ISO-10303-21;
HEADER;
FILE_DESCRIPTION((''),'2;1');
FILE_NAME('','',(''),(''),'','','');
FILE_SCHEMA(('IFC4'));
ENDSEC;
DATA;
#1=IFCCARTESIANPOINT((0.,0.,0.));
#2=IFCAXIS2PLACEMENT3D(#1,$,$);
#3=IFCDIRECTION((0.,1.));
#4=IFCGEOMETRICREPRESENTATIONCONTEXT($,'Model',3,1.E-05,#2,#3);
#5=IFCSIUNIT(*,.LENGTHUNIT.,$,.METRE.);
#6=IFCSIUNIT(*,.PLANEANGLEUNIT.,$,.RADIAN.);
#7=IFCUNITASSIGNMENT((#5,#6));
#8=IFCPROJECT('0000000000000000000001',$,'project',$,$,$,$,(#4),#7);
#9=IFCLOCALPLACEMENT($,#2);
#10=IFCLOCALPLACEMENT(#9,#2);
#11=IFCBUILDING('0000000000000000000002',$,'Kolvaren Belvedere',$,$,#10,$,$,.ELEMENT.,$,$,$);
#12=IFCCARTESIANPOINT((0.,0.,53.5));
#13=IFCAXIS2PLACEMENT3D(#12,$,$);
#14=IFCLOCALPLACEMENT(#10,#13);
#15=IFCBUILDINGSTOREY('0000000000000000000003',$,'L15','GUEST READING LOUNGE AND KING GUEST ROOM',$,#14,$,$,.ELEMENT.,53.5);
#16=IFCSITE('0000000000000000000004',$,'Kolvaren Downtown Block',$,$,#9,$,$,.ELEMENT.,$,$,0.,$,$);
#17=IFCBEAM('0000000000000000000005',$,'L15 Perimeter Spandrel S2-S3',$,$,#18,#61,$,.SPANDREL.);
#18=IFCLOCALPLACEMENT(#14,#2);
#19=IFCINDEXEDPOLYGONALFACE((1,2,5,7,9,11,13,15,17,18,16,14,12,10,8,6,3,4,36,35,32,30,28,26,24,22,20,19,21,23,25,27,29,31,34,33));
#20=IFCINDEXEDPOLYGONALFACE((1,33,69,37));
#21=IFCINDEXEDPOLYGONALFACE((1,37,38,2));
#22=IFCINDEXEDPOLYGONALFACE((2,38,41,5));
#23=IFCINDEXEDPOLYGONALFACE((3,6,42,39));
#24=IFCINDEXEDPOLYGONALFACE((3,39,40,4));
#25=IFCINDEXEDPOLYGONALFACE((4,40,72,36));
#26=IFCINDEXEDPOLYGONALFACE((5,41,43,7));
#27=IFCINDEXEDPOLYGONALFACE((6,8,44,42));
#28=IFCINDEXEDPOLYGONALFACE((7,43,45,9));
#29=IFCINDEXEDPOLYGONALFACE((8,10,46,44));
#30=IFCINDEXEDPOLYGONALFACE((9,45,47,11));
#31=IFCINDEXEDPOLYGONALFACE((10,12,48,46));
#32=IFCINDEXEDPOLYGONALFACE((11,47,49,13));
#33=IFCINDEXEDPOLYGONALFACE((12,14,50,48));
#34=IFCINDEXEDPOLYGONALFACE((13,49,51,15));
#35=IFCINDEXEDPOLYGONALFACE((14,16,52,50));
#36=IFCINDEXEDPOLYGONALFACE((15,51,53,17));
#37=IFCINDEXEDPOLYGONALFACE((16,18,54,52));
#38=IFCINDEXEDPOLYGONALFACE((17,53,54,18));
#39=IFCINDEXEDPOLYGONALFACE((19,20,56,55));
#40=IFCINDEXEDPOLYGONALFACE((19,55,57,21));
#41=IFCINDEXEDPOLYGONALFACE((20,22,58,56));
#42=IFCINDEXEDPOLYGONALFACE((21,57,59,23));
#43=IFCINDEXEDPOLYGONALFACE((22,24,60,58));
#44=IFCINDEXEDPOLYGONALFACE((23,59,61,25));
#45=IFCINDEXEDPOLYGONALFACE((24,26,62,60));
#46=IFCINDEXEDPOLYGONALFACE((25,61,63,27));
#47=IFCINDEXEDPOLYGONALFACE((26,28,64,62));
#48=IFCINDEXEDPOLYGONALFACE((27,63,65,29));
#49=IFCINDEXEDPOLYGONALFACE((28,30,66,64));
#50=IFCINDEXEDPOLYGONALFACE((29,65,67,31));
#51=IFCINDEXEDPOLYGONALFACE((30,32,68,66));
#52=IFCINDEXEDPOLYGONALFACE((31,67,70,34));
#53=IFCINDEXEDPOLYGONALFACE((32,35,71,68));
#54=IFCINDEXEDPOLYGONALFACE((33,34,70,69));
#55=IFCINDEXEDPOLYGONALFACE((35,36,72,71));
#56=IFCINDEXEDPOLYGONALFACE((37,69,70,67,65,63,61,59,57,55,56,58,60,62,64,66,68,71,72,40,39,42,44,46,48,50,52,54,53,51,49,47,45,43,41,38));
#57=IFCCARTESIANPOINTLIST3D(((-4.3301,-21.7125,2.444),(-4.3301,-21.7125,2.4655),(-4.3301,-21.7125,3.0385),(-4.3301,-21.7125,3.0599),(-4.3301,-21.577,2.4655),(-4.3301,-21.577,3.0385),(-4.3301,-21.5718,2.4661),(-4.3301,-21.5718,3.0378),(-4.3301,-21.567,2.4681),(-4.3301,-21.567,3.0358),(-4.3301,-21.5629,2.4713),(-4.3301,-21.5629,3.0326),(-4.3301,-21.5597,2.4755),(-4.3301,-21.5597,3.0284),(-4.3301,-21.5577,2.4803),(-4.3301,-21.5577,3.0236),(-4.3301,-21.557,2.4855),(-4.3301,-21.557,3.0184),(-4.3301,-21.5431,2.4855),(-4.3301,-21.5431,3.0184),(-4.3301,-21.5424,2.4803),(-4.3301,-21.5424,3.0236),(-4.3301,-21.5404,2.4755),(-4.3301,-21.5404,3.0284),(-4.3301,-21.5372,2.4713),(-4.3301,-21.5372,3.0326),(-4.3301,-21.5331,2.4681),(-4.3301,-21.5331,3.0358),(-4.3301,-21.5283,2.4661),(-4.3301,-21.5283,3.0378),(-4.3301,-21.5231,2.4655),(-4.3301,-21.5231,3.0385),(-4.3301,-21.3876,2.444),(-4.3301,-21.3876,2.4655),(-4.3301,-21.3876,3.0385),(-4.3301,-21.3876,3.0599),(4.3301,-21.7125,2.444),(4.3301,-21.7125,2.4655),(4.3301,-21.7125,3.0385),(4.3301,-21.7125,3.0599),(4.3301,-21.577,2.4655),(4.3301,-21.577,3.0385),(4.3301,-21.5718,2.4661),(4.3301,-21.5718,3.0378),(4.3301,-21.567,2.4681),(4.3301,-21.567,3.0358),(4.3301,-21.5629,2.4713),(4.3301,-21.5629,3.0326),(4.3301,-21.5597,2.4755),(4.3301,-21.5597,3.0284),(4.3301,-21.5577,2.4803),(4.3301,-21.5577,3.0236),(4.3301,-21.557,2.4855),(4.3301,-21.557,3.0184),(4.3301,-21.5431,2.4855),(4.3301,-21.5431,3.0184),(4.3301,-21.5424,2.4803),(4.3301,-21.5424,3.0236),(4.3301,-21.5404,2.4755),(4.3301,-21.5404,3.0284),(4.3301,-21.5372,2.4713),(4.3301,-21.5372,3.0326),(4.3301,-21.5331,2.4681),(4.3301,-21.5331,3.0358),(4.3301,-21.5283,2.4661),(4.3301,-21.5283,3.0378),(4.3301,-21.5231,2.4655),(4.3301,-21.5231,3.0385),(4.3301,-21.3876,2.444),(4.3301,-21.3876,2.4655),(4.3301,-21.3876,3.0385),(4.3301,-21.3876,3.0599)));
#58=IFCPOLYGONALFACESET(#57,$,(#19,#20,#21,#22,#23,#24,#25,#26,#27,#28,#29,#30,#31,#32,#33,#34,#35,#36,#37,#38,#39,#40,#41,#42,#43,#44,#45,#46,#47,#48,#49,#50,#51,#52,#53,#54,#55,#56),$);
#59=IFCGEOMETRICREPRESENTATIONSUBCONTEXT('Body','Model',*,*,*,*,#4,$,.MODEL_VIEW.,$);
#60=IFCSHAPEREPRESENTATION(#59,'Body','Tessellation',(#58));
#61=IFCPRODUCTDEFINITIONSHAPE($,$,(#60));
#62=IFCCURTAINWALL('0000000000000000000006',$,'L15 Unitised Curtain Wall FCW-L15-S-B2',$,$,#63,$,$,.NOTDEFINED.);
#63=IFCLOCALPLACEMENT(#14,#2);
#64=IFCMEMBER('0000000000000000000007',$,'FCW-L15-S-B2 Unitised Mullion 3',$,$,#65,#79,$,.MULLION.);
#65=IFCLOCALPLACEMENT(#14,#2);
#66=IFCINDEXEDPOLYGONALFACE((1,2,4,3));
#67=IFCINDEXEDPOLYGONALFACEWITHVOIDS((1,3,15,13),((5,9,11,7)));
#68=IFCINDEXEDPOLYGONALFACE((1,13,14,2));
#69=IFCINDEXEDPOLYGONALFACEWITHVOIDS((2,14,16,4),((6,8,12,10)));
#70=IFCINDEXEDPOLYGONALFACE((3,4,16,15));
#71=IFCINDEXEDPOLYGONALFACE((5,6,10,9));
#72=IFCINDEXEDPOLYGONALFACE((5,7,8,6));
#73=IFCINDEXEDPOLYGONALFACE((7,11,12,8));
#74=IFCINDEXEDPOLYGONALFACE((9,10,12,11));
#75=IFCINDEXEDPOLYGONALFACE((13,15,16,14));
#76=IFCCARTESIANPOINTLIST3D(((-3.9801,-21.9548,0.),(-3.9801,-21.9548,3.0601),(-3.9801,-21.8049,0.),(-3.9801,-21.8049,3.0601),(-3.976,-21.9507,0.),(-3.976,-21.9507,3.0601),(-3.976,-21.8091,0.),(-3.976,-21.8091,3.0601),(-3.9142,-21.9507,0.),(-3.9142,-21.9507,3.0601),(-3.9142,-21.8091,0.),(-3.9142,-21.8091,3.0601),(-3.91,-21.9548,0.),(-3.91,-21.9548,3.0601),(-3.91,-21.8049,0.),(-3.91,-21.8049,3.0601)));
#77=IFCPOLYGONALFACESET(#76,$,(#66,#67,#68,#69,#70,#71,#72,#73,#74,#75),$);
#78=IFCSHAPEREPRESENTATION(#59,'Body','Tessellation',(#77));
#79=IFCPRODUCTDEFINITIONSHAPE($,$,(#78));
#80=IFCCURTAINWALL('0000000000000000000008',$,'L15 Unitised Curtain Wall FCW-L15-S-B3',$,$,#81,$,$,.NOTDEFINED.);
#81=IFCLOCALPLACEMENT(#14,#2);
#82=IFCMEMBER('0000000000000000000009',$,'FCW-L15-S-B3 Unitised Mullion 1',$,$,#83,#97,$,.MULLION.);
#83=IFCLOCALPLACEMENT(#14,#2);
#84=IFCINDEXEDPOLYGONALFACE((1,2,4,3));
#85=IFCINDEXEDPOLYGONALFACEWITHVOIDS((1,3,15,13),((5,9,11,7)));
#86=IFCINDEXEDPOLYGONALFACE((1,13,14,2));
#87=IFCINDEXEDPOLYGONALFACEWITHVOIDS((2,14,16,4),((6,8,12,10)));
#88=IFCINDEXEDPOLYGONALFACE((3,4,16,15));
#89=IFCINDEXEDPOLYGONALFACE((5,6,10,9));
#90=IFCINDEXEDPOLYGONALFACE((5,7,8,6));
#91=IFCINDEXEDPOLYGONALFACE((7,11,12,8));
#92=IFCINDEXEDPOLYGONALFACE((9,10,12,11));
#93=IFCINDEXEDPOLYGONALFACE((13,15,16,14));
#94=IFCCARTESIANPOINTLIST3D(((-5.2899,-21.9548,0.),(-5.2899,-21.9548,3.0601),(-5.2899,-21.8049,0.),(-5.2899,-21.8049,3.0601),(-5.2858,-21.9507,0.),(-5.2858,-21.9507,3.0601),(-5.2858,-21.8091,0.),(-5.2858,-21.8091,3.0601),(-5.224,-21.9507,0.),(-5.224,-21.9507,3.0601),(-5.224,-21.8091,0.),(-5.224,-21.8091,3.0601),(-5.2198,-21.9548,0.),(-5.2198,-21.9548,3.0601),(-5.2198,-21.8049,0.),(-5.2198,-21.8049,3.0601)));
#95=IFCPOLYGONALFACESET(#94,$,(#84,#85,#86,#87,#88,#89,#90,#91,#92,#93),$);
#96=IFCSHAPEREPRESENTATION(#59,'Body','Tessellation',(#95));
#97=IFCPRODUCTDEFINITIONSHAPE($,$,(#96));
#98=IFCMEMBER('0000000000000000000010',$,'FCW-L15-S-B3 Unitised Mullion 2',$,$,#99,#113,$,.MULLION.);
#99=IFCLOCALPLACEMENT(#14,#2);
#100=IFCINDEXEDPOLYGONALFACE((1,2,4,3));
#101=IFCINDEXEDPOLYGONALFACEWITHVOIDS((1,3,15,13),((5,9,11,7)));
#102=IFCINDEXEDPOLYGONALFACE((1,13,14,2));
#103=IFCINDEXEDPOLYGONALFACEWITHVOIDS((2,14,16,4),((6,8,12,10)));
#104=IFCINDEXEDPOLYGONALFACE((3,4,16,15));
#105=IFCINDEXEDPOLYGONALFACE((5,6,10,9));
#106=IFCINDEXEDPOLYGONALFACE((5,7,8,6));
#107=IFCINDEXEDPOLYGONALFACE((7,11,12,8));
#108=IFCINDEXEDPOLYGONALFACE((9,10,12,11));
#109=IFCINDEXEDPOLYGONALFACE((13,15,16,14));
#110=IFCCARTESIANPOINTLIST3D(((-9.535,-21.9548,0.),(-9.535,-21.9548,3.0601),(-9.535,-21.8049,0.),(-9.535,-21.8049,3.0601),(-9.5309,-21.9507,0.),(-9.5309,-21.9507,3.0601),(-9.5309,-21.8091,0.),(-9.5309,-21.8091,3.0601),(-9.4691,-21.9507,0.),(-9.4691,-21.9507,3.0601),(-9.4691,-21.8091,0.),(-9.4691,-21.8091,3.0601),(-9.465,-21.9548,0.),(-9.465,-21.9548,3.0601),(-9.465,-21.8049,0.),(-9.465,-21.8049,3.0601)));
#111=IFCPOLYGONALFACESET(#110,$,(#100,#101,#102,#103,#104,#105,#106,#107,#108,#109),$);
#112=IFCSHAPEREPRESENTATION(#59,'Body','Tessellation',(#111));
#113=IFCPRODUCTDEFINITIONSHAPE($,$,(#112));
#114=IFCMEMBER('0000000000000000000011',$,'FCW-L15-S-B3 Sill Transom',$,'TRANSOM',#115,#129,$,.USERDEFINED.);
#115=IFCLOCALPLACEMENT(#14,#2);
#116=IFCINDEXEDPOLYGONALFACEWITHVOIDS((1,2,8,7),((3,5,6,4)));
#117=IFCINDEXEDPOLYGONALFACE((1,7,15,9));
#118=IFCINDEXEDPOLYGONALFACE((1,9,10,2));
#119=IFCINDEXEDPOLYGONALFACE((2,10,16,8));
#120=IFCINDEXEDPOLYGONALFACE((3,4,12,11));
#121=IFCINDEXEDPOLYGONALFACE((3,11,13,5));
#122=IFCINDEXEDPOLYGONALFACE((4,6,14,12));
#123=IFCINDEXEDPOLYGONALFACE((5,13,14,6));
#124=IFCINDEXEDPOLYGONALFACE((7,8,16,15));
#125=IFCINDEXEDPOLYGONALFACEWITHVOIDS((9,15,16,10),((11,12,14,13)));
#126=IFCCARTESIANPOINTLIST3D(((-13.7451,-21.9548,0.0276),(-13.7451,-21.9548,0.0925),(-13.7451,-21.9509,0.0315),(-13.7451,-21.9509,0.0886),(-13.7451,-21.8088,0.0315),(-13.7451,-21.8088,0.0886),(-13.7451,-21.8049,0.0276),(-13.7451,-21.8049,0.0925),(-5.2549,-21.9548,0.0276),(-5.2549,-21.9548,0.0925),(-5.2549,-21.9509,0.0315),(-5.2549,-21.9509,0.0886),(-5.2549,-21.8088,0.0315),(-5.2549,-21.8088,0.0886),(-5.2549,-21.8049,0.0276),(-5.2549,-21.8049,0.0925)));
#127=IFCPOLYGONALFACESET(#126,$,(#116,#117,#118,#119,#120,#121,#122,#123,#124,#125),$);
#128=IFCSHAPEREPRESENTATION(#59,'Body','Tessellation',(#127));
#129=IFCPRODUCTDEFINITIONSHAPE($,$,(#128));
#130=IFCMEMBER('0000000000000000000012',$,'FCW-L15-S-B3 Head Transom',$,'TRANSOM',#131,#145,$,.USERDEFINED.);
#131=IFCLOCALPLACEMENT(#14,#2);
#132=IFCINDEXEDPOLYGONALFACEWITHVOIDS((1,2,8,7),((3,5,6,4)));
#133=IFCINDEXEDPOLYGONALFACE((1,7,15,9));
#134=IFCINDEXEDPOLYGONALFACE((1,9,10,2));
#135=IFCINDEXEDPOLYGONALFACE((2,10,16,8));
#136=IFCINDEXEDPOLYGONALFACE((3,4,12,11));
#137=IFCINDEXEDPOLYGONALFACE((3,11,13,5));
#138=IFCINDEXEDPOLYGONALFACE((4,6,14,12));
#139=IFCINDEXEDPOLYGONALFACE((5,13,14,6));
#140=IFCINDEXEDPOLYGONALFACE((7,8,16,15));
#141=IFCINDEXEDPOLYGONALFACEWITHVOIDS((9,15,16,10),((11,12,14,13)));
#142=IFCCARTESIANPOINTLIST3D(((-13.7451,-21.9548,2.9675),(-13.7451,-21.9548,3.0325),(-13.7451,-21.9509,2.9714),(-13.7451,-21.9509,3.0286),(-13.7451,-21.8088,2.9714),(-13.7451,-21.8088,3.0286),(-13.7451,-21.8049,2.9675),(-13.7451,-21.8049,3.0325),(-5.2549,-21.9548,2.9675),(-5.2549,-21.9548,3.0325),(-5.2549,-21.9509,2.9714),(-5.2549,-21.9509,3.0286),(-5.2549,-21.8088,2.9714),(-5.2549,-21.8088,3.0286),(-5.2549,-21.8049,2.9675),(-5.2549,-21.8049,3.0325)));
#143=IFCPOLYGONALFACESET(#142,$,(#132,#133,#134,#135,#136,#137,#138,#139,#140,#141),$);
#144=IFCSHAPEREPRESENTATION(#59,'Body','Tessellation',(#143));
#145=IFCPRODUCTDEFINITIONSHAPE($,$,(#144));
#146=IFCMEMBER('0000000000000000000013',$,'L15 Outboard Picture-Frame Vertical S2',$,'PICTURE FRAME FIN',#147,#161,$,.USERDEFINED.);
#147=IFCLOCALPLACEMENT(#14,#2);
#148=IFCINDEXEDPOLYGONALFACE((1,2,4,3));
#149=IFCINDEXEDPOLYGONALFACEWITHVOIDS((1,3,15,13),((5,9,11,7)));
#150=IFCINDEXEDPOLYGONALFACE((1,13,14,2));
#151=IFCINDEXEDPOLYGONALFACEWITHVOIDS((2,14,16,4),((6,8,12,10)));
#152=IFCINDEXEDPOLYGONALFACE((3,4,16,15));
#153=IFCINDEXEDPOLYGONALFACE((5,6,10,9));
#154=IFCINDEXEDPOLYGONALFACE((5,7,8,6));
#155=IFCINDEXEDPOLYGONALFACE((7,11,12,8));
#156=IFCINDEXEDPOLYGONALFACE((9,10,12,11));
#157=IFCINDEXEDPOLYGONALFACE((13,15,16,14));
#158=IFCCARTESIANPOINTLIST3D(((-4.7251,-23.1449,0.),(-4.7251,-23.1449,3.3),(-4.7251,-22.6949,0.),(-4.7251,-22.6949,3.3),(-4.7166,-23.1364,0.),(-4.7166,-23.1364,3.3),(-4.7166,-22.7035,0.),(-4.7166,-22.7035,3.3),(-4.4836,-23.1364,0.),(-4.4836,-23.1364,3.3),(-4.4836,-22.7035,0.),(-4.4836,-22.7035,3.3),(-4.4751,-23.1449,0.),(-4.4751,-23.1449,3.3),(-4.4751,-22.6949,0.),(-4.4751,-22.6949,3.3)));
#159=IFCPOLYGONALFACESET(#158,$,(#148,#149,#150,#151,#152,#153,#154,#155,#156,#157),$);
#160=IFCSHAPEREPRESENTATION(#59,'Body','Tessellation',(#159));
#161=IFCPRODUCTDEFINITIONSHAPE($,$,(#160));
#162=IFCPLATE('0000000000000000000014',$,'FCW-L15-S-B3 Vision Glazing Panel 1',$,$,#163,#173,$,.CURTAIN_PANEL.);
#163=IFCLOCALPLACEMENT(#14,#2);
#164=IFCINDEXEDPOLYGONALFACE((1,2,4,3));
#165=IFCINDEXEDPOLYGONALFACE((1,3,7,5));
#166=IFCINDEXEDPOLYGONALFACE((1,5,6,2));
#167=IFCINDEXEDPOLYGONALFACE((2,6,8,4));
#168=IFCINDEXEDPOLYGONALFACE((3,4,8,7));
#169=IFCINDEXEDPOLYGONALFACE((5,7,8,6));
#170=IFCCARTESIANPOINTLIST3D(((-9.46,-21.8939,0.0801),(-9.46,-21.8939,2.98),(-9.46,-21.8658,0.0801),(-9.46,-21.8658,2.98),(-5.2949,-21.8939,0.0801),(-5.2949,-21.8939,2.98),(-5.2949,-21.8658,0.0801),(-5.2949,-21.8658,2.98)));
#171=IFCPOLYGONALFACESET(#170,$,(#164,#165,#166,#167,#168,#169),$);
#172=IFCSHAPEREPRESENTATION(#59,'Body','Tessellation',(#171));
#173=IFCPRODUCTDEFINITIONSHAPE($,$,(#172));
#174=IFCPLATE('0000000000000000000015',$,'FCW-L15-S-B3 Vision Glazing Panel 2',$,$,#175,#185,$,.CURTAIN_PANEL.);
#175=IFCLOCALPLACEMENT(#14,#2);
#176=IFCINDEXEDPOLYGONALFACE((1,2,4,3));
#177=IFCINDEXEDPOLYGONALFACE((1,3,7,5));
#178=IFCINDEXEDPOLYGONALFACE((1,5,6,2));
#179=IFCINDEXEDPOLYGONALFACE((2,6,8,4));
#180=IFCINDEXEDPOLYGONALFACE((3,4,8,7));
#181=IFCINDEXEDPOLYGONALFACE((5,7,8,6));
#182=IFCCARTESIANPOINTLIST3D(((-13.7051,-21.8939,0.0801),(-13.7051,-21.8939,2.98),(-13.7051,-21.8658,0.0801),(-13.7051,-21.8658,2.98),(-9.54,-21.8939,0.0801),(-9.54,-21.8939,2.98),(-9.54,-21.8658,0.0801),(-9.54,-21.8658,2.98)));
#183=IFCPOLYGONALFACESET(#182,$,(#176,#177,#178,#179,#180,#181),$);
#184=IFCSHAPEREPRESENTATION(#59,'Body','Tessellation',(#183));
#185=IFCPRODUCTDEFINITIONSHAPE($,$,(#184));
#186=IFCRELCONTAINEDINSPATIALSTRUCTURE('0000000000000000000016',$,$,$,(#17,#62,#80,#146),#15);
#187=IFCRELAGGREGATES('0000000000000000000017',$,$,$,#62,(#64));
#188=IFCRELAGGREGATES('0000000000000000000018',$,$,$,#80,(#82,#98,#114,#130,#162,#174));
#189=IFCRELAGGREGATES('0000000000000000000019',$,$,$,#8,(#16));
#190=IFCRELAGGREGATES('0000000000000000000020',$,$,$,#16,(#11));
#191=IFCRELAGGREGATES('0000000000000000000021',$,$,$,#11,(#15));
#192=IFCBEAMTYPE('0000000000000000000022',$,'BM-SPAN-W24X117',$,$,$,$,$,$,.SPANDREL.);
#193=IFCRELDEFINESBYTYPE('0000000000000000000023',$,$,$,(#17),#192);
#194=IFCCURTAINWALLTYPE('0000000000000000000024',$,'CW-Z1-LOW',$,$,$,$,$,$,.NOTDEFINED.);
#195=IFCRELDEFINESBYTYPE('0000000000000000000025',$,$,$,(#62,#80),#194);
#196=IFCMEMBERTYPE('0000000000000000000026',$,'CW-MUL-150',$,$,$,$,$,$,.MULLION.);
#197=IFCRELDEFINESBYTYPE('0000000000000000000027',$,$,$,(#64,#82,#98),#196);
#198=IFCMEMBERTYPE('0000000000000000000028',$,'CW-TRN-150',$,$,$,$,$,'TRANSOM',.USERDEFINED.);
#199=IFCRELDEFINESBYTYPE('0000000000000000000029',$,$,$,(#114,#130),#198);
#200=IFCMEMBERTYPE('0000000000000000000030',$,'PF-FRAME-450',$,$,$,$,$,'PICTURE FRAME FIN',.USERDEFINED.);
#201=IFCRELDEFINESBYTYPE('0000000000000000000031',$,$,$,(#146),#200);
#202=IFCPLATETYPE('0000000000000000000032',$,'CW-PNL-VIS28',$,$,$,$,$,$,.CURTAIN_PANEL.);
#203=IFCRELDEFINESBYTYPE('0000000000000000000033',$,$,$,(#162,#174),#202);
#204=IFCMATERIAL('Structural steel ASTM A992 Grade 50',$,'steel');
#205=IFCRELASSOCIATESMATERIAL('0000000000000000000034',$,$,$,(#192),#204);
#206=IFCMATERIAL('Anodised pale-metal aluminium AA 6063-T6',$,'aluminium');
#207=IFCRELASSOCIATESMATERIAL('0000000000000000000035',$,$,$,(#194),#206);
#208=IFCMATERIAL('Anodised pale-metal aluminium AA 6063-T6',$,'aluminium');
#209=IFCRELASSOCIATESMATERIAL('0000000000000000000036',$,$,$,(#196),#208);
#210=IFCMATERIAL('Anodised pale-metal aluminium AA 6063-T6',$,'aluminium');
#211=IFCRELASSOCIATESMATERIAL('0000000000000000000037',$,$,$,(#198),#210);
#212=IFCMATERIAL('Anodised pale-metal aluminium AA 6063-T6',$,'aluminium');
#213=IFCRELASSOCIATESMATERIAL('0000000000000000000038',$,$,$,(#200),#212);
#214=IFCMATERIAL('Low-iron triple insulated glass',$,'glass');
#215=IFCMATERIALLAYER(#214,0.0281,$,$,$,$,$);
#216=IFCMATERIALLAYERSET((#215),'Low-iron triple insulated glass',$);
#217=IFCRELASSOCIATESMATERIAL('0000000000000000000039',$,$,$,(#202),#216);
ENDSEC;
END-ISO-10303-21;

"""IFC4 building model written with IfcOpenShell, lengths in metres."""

from ifc_helpers import new_model, si_unit, direction, frame, origin, origin_2d, place, context, subcontext, project, spatial, rectangle, hollow_rectangle, i_section, extrude, material, layer, layer_set, material_profile, profile_set, type_object, element, aggregate, save


model = new_model("IFC4")

# Units and contexts
model_context = context("Model", 3, precision=1e-05, world=origin(), true_north=direction((0.0, 1.0)))
body_context = subcontext(model_context, "Body", "Model", "MODEL_VIEW")
ifc_project = project(units=[si_unit("LENGTHUNIT", "METRE"), si_unit("PLANEANGLEUNIT", "RADIAN")], contexts=[model_context])

# Site, building, storey
site_placement = place(None, origin())
site = spatial("IfcSite", under=ifc_project, at=site_placement, Name="Kolvaren Downtown Block", CompositionType="ELEMENT", RefElevation=0.0)
building_placement = place(site_placement, origin())
building = spatial("IfcBuilding", under=site, at=building_placement, Name="Kolvaren Belvedere", CompositionType="ELEMENT")
storey_placement = place(building_placement, frame((0.0, 0.0, 53.5)))
storey = spatial("IfcBuildingStorey", under=building, at=storey_placement, Name="L15", Description="GUEST READING LOUNGE AND KING GUEST ROOM", CompositionType="ELEMENT", Elevation=53.5)

# Beam
ifc_material_1 = material(Name="Structural steel ASTM A992 Grade 50", Category="steel")
ifc_material_profile_1 = material_profile(ifc_material_1, i_section(OverallWidth=0.325, OverallDepth=0.616, WebThickness=0.0139, FlangeThickness=0.0215, FilletRadius=0.02, at=origin_2d()), Name="W24X117")
ifc_profile_set_1 = profile_set([ifc_material_profile_1], Name="Structural steel ASTM A992 Grade 50")
beam_type_1 = type_object("IfcBeamType", Name="BM-SPAN-W24X117", PredefinedType="SPANDREL", material=ifc_profile_set_1)
beam_1_placement = place(storey_placement, frame((-4.3301, -21.55, 2.752), z_axis=(1.0, 0.0, 0.0), x_axis=(0.0, 1.0, 0.0)))
element("IfcBeam", 1, at=beam_1_placement, inside=storey, type_object=beam_type_1, Name="L15 Perimeter Spandrel S2-S3", PredefinedType="SPANDREL", context=body_context, shape_type="SweptSolid", body=[
    extrude(i_section(OverallWidth=0.325, OverallDepth=0.616, WebThickness=0.0139, FlangeThickness=0.0215, FilletRadius=0.02, at=origin_2d()), origin(), (0.0, 0.0, 1.0), 8.6602),
])

# Curtain wall, member
ifc_material_2 = material(Name="Anodised pale-metal aluminium AA 6063-T6", Category="aluminium")
curtain_wall_type = type_object("IfcCurtainWallType", Name="CW-Z1-LOW", PredefinedType="NOTDEFINED", material=ifc_material_2)
curtain_wall_1_placement = place(storey_placement, origin())
curtain_wall_1 = element("IfcCurtainWall", 2, at=curtain_wall_1_placement, inside=storey, type_object=curtain_wall_type, Name="L15 Unitised Curtain Wall FCW-L15-S-B2", PredefinedType="NOTDEFINED")
ifc_material_3 = material(Name="Anodised pale-metal aluminium AA 6063-T6", Category="aluminium")
ifc_material_profile_2 = material_profile(ifc_material_3, hollow_rectangle(XDim=0.0701, YDim=0.1499, WallThickness=0.0042, at=origin_2d()), Name="ALU-MUL-150X70")
ifc_profile_set_2 = profile_set([ifc_material_profile_2], Name="Anodised pale-metal aluminium AA 6063-T6")
member_type_1 = type_object("IfcMemberType", Name="CW-MUL-150", PredefinedType="MULLION", material=ifc_profile_set_2)
member_1_placement = place(storey_placement, frame((-3.9451, -21.8799, 0.0), z_axis=(0.0, 0.0, 1.0), x_axis=(1.0, 0.0, 0.0)))
member_1 = element("IfcMember", 3, at=member_1_placement, type_object=member_type_1, Name="FCW-L15-S-B2 Unitised Mullion 3", PredefinedType="MULLION", context=body_context, shape_type="SweptSolid", body=[
    extrude(hollow_rectangle(XDim=0.0701, YDim=0.1499, WallThickness=0.0042, at=origin_2d()), origin(), (0.0, 0.0, 1.0), 3.0601),
])
aggregate(curtain_wall_1, [member_1])

# Curtain wall, members
curtain_wall_2_placement = place(storey_placement, origin())
curtain_wall_2 = element("IfcCurtainWall", 4, at=curtain_wall_2_placement, inside=storey, type_object=curtain_wall_type, Name="L15 Unitised Curtain Wall FCW-L15-S-B3", PredefinedType="NOTDEFINED")
member_2_placement = place(storey_placement, frame((-5.2549, -21.8799, 0.0), z_axis=(0.0, 0.0, 1.0), x_axis=(1.0, 0.0, 0.0)))
member_2 = element("IfcMember", 5, at=member_2_placement, type_object=member_type_1, Name="FCW-L15-S-B3 Unitised Mullion 1", PredefinedType="MULLION", context=body_context, shape_type="SweptSolid", body=[
    extrude(hollow_rectangle(XDim=0.0701, YDim=0.1499, WallThickness=0.0042, at=origin_2d()), origin(), (0.0, 0.0, 1.0), 3.0601),
])
member_3_placement = place(storey_placement, frame((-9.5, -21.8799, 0.0), z_axis=(0.0, 0.0, 1.0), x_axis=(1.0, 0.0, 0.0)))
member_3 = element("IfcMember", 6, at=member_3_placement, type_object=member_type_1, Name="FCW-L15-S-B3 Unitised Mullion 2", PredefinedType="MULLION", context=body_context, shape_type="SweptSolid", body=[
    extrude(hollow_rectangle(XDim=0.0701, YDim=0.1499, WallThickness=0.0042, at=origin_2d()), origin(), (0.0, 0.0, 1.0), 3.0601),
])
ifc_material_4 = material(Name="Anodised pale-metal aluminium AA 6063-T6", Category="aluminium")
ifc_material_profile_3 = material_profile(ifc_material_4, hollow_rectangle(XDim=0.0649, YDim=0.1499, WallThickness=0.0039, at=origin_2d()), Name="ALU-TRN-150X65")
ifc_profile_set_3 = profile_set([ifc_material_profile_3], Name="Anodised pale-metal aluminium AA 6063-T6")
member_type_2 = type_object("IfcMemberType", Name="CW-TRN-150", ElementType="TRANSOM", PredefinedType="USERDEFINED", material=ifc_profile_set_3)
member_4_placement = place(storey_placement, frame((-5.2549, -21.8799, 0.0601), z_axis=(-1.0, 0.0, 0.0), x_axis=(0.0, 0.0, 1.0)))
member_4 = element("IfcMember", 7, at=member_4_placement, type_object=member_type_2, Name="FCW-L15-S-B3 Sill Transom", ObjectType="TRANSOM", PredefinedType="USERDEFINED", context=body_context, shape_type="SweptSolid", body=[
    extrude(hollow_rectangle(XDim=0.0649, YDim=0.1499, WallThickness=0.0039, at=origin_2d()), origin(), (0.0, 0.0, 1.0), 8.4902),
])
member_5_placement = place(storey_placement, frame((-5.2549, -21.8799, 3.0), z_axis=(-1.0, 0.0, 0.0), x_axis=(0.0, 0.0, 1.0)))
member_5 = element("IfcMember", 8, at=member_5_placement, type_object=member_type_2, Name="FCW-L15-S-B3 Head Transom", ObjectType="TRANSOM", PredefinedType="USERDEFINED", context=body_context, shape_type="SweptSolid", body=[
    extrude(hollow_rectangle(XDim=0.0649, YDim=0.1499, WallThickness=0.0039, at=origin_2d()), origin(), (0.0, 0.0, 1.0), 8.4902),
])

# Member
ifc_material_5 = material(Name="Anodised pale-metal aluminium AA 6063-T6", Category="aluminium")
ifc_material_profile_4 = material_profile(ifc_material_5, hollow_rectangle(XDim=0.25, YDim=0.45, WallThickness=0.0085, at=origin_2d()), Name="ALU-PF-450X250")
ifc_profile_set_4 = profile_set([ifc_material_profile_4], Name="Anodised pale-metal aluminium AA 6063-T6")
member_type_3 = type_object("IfcMemberType", Name="PF-FRAME-450", ElementType="PICTURE FRAME FIN", PredefinedType="USERDEFINED", material=ifc_profile_set_4)
member_6_placement = place(storey_placement, frame((-4.6001, -22.9199, 0.0), z_axis=(0.0, 0.0, 1.0), x_axis=(1.0, 0.0, 0.0)))
element("IfcMember", 9, at=member_6_placement, inside=storey, type_object=member_type_3, Name="L15 Outboard Picture-Frame Vertical S2", ObjectType="PICTURE FRAME FIN", PredefinedType="USERDEFINED", context=body_context, shape_type="SweptSolid", body=[
    extrude(hollow_rectangle(XDim=0.25, YDim=0.45, WallThickness=0.0085, at=origin_2d()), origin(), (0.0, 0.0, 1.0), 3.3),
])

# Plates
ifc_material_6 = material(Name="Low-iron triple insulated glass", Category="glass")
ifc_layer_1 = layer(ifc_material_6, 0.0281)
ifc_layer_set_1 = layer_set([ifc_layer_1], Name="Low-iron triple insulated glass")
plate_type_1 = type_object("IfcPlateType", Name="CW-PNL-VIS28", PredefinedType="CURTAIN_PANEL", material=ifc_layer_set_1)
plate_1_placement = place(storey_placement, frame((-7.3774, -21.8799, 0.0801), z_axis=(0.0, 0.0, 1.0), x_axis=(-1.0, 0.0, 0.0)))
plate_1 = element("IfcPlate", 10, at=plate_1_placement, type_object=plate_type_1, Name="FCW-L15-S-B3 Vision Glazing Panel 1", PredefinedType="CURTAIN_PANEL", context=body_context, shape_type="SweptSolid", body=[
    extrude(rectangle(XDim=4.165, YDim=0.0281, at=origin_2d()), origin(), (0.0, 0.0, 1.0), 2.8999),
])
plate_2_placement = place(storey_placement, frame((-11.6226, -21.8799, 0.0801), z_axis=(0.0, 0.0, 1.0), x_axis=(-1.0, 0.0, 0.0)))
plate_2 = element("IfcPlate", 11, at=plate_2_placement, type_object=plate_type_1, Name="FCW-L15-S-B3 Vision Glazing Panel 2", PredefinedType="CURTAIN_PANEL", context=body_context, shape_type="SweptSolid", body=[
    extrude(rectangle(XDim=4.165, YDim=0.0281, at=origin_2d()), origin(), (0.0, 0.0, 1.0), 2.8999),
])
aggregate(curtain_wall_2, [member_2, member_3, member_4, member_5, plate_1, plate_2])

save(model, "model.ifc")
